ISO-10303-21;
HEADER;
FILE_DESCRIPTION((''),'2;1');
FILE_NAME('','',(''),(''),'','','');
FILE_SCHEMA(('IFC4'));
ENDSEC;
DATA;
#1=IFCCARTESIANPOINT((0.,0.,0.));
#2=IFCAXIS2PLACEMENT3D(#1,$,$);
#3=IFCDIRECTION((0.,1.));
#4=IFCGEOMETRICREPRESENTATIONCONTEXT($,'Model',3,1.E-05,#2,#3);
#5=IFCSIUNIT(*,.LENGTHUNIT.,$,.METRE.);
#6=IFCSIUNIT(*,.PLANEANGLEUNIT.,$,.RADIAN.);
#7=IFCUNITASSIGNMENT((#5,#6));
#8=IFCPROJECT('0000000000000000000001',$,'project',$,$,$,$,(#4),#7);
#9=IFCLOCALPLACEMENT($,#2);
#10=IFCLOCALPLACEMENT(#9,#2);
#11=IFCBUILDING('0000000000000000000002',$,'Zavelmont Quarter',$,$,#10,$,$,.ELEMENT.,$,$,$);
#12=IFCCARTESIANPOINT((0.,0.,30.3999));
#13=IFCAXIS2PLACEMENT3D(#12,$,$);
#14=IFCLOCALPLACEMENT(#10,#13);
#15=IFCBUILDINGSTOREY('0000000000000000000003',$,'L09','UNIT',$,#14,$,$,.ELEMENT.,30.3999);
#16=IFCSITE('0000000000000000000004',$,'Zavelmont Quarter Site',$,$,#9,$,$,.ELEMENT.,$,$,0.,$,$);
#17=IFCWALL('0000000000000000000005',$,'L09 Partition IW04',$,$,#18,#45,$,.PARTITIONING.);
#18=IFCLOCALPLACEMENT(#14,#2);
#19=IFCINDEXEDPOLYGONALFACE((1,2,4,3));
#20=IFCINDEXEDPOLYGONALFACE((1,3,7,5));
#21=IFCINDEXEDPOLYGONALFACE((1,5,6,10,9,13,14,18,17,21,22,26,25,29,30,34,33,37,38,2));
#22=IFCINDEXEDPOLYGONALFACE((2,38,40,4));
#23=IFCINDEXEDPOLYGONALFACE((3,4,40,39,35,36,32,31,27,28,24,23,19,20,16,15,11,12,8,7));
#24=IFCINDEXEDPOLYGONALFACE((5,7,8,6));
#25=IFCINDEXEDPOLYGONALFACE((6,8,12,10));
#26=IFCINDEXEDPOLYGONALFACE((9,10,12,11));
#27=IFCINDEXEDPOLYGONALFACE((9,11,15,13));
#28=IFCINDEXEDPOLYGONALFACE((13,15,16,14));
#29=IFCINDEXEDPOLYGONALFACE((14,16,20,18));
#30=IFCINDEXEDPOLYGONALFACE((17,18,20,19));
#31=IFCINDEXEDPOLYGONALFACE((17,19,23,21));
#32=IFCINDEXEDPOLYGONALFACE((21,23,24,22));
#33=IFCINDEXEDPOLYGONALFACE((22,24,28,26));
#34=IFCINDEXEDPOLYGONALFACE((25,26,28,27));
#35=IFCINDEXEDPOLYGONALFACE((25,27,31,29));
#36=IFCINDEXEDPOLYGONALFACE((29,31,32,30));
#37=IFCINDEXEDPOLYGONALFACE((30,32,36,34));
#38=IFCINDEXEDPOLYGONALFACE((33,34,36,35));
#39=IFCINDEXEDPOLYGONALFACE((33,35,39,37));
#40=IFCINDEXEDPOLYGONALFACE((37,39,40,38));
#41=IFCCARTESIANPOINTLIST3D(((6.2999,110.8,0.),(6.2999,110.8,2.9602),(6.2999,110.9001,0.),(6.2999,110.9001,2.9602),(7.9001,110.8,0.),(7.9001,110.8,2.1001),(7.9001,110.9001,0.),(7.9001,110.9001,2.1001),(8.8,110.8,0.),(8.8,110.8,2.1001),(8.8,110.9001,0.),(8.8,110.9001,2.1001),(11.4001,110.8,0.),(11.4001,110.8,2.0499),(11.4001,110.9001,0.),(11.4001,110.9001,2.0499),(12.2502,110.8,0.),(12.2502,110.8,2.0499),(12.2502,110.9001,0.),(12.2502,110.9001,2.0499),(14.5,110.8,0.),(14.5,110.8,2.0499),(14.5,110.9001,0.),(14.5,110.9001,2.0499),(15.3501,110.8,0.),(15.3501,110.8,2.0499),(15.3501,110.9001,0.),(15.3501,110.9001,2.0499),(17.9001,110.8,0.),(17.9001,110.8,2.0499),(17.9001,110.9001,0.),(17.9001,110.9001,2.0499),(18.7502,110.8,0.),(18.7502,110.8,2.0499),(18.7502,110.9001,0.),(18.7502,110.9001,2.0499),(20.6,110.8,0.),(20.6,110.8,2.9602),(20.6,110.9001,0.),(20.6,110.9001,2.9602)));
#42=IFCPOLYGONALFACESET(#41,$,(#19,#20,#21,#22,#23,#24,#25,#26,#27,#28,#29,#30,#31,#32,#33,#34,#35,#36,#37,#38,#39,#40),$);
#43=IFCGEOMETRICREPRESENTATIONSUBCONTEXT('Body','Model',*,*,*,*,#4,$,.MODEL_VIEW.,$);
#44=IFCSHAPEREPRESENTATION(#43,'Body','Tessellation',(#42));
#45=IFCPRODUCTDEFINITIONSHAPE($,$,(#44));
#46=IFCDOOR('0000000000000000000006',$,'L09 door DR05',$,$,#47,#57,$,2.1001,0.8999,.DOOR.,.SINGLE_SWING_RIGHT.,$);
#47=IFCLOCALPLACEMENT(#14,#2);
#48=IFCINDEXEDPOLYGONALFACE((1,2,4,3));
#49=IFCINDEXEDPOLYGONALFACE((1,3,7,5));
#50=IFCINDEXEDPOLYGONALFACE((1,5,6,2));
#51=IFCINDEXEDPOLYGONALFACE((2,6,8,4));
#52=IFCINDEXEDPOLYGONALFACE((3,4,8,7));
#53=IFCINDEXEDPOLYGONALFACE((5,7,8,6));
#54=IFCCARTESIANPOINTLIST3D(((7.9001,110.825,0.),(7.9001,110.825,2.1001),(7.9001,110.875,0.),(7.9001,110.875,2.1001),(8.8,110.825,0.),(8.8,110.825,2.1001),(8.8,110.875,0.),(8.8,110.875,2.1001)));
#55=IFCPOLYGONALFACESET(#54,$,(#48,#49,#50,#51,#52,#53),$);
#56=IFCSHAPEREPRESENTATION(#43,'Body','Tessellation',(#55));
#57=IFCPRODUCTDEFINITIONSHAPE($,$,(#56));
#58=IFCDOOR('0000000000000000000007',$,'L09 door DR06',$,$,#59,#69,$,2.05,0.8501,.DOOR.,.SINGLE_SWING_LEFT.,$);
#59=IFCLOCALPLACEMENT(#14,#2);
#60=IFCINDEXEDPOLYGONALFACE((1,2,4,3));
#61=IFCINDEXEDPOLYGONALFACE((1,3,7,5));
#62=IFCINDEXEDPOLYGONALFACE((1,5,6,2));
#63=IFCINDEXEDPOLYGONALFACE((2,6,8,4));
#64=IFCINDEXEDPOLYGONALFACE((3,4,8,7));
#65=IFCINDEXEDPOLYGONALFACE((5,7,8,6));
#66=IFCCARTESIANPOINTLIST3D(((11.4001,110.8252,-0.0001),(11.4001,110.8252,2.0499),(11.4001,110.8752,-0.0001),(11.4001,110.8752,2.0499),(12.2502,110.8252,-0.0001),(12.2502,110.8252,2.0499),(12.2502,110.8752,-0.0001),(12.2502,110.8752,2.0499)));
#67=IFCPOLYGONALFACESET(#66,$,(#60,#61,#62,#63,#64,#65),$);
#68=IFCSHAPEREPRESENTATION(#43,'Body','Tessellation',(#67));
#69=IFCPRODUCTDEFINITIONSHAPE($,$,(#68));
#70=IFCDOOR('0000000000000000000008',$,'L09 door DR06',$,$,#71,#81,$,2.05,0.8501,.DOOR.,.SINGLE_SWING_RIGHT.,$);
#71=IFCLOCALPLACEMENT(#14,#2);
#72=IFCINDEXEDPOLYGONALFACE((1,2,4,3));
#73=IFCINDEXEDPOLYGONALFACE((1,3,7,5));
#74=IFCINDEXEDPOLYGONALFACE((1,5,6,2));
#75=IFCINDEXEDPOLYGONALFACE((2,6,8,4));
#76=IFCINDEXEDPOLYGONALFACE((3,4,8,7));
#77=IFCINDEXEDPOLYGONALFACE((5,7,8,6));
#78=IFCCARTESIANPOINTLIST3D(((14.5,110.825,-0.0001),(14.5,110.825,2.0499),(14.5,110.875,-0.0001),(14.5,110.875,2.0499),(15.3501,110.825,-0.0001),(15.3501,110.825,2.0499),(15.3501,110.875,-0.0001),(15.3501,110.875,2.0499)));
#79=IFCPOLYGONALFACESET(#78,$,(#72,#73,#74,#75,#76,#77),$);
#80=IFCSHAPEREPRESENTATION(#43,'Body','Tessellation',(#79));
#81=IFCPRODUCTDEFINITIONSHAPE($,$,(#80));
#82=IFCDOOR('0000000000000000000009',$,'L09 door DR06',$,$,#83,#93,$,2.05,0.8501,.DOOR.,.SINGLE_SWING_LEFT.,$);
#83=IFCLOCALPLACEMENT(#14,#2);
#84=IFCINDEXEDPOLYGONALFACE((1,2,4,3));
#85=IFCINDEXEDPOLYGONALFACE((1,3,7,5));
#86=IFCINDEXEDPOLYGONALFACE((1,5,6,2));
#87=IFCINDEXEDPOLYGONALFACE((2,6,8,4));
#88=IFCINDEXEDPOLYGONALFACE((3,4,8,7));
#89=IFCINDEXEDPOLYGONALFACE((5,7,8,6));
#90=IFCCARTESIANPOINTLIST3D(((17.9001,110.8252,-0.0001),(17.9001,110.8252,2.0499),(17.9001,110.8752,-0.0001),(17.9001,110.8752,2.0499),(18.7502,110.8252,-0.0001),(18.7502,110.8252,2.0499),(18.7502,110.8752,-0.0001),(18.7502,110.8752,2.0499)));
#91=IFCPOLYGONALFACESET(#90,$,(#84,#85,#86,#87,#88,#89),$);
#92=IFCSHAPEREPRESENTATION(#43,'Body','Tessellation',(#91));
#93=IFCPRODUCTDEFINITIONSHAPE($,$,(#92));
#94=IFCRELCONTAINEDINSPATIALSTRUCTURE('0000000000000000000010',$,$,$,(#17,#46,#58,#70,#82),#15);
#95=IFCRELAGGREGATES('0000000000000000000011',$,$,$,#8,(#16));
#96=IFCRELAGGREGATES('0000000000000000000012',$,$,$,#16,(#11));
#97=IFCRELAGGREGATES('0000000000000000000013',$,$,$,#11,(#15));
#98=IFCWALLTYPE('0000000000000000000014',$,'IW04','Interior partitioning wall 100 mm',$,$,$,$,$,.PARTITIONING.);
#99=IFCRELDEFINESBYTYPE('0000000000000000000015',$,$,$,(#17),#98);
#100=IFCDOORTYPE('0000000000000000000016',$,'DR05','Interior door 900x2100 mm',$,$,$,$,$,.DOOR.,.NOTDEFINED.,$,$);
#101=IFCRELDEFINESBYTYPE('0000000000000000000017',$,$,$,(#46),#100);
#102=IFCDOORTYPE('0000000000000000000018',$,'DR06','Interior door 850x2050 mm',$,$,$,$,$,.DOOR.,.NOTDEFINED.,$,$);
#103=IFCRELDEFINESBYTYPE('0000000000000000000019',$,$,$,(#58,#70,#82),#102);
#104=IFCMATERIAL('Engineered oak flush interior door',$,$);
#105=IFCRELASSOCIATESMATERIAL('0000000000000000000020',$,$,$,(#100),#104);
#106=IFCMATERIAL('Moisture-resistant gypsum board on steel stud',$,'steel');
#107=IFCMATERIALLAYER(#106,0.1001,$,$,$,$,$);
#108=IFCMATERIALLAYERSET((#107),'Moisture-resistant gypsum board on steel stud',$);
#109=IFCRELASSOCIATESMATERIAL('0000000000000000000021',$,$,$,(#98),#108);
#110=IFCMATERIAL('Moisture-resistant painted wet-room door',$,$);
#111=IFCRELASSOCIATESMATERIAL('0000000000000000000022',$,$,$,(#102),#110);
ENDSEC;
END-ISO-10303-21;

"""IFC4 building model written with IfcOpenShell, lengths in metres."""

from ifc_helpers import new_model, si_unit, direction, frame, frame_2d, origin, origin_with_axes, place, context, subcontext, project, spatial, rectangle, extrude, material, layer, layer_set, type_object, element, fill, save


model = new_model("IFC4")

# Units and contexts
model_context = context("Model", 3, precision=1e-05, world=origin(), true_north=direction((0.0, 1.0)))
body_context = subcontext(model_context, "Body", "Model", "MODEL_VIEW")
ifc_project = project(units=[si_unit("LENGTHUNIT", "METRE"), si_unit("PLANEANGLEUNIT", "RADIAN")], contexts=[model_context])

# Site, building, storey
site_placement = place(None, origin())
site = spatial("IfcSite", under=ifc_project, at=site_placement, Name="Zavelmont Quarter Site", CompositionType="ELEMENT", RefElevation=0.0)
building_placement = place(site_placement, origin())
building = spatial("IfcBuilding", under=site, at=building_placement, Name="Zavelmont Quarter", CompositionType="ELEMENT")
storey_placement = place(building_placement, frame((0.0, 0.0, 30.3999)))
storey = spatial("IfcBuildingStorey", under=building, at=storey_placement, Name="L09", Description="UNIT", CompositionType="ELEMENT", Elevation=30.3999)

# Shared definitions
ifc_material_1 = material(Name="Engineered oak flush interior door")
door_type_1 = type_object("IfcDoorType", Name="DR05", Description="Interior door 900x2100 mm", OperationType="NOTDEFINED", PredefinedType="DOOR", material=ifc_material_1)

# Wall, openings, doors
ifc_material_2 = material(Name="Moisture-resistant gypsum board on steel stud", Category="steel")
ifc_layer_1 = layer(ifc_material_2, 0.1001)
ifc_layer_set_1 = layer_set([ifc_layer_1], Name="Moisture-resistant gypsum board on steel stud")
wall_type_1 = type_object("IfcWallType", Name="IW04", Description="Interior partitioning wall 100 mm", PredefinedType="PARTITIONING", material=ifc_layer_set_1)
wall_1_placement = place(storey_placement, frame((6.3, 110.8501, 0.0), z_axis=(0.0, 0.0, 1.0), x_axis=(1.0, 0.0, 0.0)))
wall_1 = element("IfcWall", 1, at=wall_1_placement, inside=storey, type_object=wall_type_1, Name="L09 Partition IW04", PredefinedType="PARTITIONING", context=body_context, shape_type="SweptSolid", body=[
    extrude(rectangle(XDim=14.3, YDim=0.1001, at=frame_2d((7.1499, 0.0))), origin(), (0.0, 0.0, 1.0), 2.9602),
])
opening_1_placement = place(wall_1_placement, frame((1.6001, 0.0, 0.0)))
opening_1 = element("IfcOpeningElement", 2, at=opening_1_placement, cuts=wall_1, PredefinedType="OPENING", context=body_context, shape_type="SweptSolid", body=[
    extrude(rectangle(XDim=0.8999, YDim=2.1001, at=frame_2d((0.45, 1.05))), frame((0.0, 0.062, 0.0), z_axis=(0.0, -1.0, 0.0), x_axis=(1.0, 0.0, 0.0)), (0.0, 0.0, 1.0), 0.124),
])
opening_2_placement = place(wall_1_placement, frame((5.1001, 0.0, 0.0)))
opening_2 = element("IfcOpeningElement", 3, at=opening_2_placement, cuts=wall_1, PredefinedType="OPENING", context=body_context, shape_type="SweptSolid", body=[
    extrude(rectangle(XDim=0.8501, YDim=2.05, at=frame_2d((0.425, 1.0249))), frame((0.0, 0.062, 0.0), z_axis=(0.0, -1.0, 0.0), x_axis=(1.0, 0.0, 0.0)), (0.0, 0.0, 1.0), 0.124),
])
opening_3_placement = place(wall_1_placement, frame((8.2, 0.0, 0.0)))
opening_3 = element("IfcOpeningElement", 4, at=opening_3_placement, cuts=wall_1, PredefinedType="OPENING", context=body_context, shape_type="SweptSolid", body=[
    extrude(rectangle(XDim=0.8501, YDim=2.05, at=frame_2d((0.425, 1.0249))), frame((0.0, 0.062, 0.0), z_axis=(0.0, -1.0, 0.0), x_axis=(1.0, 0.0, 0.0)), (0.0, 0.0, 1.0), 0.124),
])
opening_4_placement = place(wall_1_placement, frame((11.6001, 0.0, 0.0)))
opening_4 = element("IfcOpeningElement", 5, at=opening_4_placement, cuts=wall_1, PredefinedType="OPENING", context=body_context, shape_type="SweptSolid", body=[
    extrude(rectangle(XDim=0.8501, YDim=2.05, at=frame_2d((0.425, 1.0249))), frame((0.0, 0.062, 0.0), z_axis=(0.0, -1.0, 0.0), x_axis=(1.0, 0.0, 0.0)), (0.0, 0.0, 1.0), 0.124),
])
door_1_placement = place(opening_1_placement, origin_with_axes())
door_1 = element("IfcDoor", 6, at=door_1_placement, inside=storey, type_object=door_type_1, Name="L09 door DR05", OperationType="SINGLE_SWING_RIGHT", OverallHeight=2.1001, OverallWidth=0.8999, PredefinedType="DOOR", context=body_context, shape_type="SweptSolid", body=[
    extrude(rectangle(XDim=0.8999, YDim=2.1001, at=frame_2d((0.45, 1.05))), frame((0.0, 0.0249, 0.0), z_axis=(0.0, -1.0, 0.0), x_axis=(1.0, 0.0, 0.0)), (0.0, 0.0, 1.0), 0.05),
])
fill(opening_1, door_1)
ifc_material_3 = material(Name="Moisture-resistant painted wet-room door")
door_type_2 = type_object("IfcDoorType", Name="DR06", Description="Interior door 850x2050 mm", OperationType="NOTDEFINED", PredefinedType="DOOR", material=ifc_material_3)
door_2_placement = place(opening_2_placement, frame((0.8501, 0.0, 0.0), z_axis=(0.0, 0.0, 1.0), x_axis=(-1.0, 0.0, 0.0)))
door_2 = element("IfcDoor", 7, at=door_2_placement, inside=storey, type_object=door_type_2, Name="L09 door DR06", OperationType="SINGLE_SWING_LEFT", OverallHeight=2.05, OverallWidth=0.8501, PredefinedType="DOOR", context=body_context, shape_type="SweptSolid", body=[
    extrude(rectangle(XDim=0.8501, YDim=2.05, at=frame_2d((0.425, 1.0249))), frame((0.0, 0.0249, 0.0), z_axis=(0.0, -1.0, 0.0), x_axis=(1.0, 0.0, 0.0)), (0.0, 0.0, 1.0), 0.05),
])
fill(opening_2, door_2)
door_3_placement = place(opening_3_placement, origin_with_axes())
door_3 = element("IfcDoor", 8, at=door_3_placement, inside=storey, type_object=door_type_2, Name="L09 door DR06", OperationType="SINGLE_SWING_RIGHT", OverallHeight=2.05, OverallWidth=0.8501, PredefinedType="DOOR", context=body_context, shape_type="SweptSolid", body=[
    extrude(rectangle(XDim=0.8501, YDim=2.05, at=frame_2d((0.425, 1.0249))), frame((0.0, 0.0249, 0.0), z_axis=(0.0, -1.0, 0.0), x_axis=(1.0, 0.0, 0.0)), (0.0, 0.0, 1.0), 0.05),
])
fill(opening_3, door_3)
door_4_placement = place(opening_4_placement, frame((0.8501, 0.0, 0.0), z_axis=(0.0, 0.0, 1.0), x_axis=(-1.0, 0.0, 0.0)))
door_4 = element("IfcDoor", 9, at=door_4_placement, inside=storey, type_object=door_type_2, Name="L09 door DR06", OperationType="SINGLE_SWING_LEFT", OverallHeight=2.05, OverallWidth=0.8501, PredefinedType="DOOR", context=body_context, shape_type="SweptSolid", body=[
    extrude(rectangle(XDim=0.8501, YDim=2.05, at=frame_2d((0.425, 1.0249))), frame((0.0, 0.0249, 0.0), z_axis=(0.0, -1.0, 0.0), x_axis=(1.0, 0.0, 0.0)), (0.0, 0.0, 1.0), 0.05),
])
fill(opening_4, door_4)

save(model, "model.ifc")
